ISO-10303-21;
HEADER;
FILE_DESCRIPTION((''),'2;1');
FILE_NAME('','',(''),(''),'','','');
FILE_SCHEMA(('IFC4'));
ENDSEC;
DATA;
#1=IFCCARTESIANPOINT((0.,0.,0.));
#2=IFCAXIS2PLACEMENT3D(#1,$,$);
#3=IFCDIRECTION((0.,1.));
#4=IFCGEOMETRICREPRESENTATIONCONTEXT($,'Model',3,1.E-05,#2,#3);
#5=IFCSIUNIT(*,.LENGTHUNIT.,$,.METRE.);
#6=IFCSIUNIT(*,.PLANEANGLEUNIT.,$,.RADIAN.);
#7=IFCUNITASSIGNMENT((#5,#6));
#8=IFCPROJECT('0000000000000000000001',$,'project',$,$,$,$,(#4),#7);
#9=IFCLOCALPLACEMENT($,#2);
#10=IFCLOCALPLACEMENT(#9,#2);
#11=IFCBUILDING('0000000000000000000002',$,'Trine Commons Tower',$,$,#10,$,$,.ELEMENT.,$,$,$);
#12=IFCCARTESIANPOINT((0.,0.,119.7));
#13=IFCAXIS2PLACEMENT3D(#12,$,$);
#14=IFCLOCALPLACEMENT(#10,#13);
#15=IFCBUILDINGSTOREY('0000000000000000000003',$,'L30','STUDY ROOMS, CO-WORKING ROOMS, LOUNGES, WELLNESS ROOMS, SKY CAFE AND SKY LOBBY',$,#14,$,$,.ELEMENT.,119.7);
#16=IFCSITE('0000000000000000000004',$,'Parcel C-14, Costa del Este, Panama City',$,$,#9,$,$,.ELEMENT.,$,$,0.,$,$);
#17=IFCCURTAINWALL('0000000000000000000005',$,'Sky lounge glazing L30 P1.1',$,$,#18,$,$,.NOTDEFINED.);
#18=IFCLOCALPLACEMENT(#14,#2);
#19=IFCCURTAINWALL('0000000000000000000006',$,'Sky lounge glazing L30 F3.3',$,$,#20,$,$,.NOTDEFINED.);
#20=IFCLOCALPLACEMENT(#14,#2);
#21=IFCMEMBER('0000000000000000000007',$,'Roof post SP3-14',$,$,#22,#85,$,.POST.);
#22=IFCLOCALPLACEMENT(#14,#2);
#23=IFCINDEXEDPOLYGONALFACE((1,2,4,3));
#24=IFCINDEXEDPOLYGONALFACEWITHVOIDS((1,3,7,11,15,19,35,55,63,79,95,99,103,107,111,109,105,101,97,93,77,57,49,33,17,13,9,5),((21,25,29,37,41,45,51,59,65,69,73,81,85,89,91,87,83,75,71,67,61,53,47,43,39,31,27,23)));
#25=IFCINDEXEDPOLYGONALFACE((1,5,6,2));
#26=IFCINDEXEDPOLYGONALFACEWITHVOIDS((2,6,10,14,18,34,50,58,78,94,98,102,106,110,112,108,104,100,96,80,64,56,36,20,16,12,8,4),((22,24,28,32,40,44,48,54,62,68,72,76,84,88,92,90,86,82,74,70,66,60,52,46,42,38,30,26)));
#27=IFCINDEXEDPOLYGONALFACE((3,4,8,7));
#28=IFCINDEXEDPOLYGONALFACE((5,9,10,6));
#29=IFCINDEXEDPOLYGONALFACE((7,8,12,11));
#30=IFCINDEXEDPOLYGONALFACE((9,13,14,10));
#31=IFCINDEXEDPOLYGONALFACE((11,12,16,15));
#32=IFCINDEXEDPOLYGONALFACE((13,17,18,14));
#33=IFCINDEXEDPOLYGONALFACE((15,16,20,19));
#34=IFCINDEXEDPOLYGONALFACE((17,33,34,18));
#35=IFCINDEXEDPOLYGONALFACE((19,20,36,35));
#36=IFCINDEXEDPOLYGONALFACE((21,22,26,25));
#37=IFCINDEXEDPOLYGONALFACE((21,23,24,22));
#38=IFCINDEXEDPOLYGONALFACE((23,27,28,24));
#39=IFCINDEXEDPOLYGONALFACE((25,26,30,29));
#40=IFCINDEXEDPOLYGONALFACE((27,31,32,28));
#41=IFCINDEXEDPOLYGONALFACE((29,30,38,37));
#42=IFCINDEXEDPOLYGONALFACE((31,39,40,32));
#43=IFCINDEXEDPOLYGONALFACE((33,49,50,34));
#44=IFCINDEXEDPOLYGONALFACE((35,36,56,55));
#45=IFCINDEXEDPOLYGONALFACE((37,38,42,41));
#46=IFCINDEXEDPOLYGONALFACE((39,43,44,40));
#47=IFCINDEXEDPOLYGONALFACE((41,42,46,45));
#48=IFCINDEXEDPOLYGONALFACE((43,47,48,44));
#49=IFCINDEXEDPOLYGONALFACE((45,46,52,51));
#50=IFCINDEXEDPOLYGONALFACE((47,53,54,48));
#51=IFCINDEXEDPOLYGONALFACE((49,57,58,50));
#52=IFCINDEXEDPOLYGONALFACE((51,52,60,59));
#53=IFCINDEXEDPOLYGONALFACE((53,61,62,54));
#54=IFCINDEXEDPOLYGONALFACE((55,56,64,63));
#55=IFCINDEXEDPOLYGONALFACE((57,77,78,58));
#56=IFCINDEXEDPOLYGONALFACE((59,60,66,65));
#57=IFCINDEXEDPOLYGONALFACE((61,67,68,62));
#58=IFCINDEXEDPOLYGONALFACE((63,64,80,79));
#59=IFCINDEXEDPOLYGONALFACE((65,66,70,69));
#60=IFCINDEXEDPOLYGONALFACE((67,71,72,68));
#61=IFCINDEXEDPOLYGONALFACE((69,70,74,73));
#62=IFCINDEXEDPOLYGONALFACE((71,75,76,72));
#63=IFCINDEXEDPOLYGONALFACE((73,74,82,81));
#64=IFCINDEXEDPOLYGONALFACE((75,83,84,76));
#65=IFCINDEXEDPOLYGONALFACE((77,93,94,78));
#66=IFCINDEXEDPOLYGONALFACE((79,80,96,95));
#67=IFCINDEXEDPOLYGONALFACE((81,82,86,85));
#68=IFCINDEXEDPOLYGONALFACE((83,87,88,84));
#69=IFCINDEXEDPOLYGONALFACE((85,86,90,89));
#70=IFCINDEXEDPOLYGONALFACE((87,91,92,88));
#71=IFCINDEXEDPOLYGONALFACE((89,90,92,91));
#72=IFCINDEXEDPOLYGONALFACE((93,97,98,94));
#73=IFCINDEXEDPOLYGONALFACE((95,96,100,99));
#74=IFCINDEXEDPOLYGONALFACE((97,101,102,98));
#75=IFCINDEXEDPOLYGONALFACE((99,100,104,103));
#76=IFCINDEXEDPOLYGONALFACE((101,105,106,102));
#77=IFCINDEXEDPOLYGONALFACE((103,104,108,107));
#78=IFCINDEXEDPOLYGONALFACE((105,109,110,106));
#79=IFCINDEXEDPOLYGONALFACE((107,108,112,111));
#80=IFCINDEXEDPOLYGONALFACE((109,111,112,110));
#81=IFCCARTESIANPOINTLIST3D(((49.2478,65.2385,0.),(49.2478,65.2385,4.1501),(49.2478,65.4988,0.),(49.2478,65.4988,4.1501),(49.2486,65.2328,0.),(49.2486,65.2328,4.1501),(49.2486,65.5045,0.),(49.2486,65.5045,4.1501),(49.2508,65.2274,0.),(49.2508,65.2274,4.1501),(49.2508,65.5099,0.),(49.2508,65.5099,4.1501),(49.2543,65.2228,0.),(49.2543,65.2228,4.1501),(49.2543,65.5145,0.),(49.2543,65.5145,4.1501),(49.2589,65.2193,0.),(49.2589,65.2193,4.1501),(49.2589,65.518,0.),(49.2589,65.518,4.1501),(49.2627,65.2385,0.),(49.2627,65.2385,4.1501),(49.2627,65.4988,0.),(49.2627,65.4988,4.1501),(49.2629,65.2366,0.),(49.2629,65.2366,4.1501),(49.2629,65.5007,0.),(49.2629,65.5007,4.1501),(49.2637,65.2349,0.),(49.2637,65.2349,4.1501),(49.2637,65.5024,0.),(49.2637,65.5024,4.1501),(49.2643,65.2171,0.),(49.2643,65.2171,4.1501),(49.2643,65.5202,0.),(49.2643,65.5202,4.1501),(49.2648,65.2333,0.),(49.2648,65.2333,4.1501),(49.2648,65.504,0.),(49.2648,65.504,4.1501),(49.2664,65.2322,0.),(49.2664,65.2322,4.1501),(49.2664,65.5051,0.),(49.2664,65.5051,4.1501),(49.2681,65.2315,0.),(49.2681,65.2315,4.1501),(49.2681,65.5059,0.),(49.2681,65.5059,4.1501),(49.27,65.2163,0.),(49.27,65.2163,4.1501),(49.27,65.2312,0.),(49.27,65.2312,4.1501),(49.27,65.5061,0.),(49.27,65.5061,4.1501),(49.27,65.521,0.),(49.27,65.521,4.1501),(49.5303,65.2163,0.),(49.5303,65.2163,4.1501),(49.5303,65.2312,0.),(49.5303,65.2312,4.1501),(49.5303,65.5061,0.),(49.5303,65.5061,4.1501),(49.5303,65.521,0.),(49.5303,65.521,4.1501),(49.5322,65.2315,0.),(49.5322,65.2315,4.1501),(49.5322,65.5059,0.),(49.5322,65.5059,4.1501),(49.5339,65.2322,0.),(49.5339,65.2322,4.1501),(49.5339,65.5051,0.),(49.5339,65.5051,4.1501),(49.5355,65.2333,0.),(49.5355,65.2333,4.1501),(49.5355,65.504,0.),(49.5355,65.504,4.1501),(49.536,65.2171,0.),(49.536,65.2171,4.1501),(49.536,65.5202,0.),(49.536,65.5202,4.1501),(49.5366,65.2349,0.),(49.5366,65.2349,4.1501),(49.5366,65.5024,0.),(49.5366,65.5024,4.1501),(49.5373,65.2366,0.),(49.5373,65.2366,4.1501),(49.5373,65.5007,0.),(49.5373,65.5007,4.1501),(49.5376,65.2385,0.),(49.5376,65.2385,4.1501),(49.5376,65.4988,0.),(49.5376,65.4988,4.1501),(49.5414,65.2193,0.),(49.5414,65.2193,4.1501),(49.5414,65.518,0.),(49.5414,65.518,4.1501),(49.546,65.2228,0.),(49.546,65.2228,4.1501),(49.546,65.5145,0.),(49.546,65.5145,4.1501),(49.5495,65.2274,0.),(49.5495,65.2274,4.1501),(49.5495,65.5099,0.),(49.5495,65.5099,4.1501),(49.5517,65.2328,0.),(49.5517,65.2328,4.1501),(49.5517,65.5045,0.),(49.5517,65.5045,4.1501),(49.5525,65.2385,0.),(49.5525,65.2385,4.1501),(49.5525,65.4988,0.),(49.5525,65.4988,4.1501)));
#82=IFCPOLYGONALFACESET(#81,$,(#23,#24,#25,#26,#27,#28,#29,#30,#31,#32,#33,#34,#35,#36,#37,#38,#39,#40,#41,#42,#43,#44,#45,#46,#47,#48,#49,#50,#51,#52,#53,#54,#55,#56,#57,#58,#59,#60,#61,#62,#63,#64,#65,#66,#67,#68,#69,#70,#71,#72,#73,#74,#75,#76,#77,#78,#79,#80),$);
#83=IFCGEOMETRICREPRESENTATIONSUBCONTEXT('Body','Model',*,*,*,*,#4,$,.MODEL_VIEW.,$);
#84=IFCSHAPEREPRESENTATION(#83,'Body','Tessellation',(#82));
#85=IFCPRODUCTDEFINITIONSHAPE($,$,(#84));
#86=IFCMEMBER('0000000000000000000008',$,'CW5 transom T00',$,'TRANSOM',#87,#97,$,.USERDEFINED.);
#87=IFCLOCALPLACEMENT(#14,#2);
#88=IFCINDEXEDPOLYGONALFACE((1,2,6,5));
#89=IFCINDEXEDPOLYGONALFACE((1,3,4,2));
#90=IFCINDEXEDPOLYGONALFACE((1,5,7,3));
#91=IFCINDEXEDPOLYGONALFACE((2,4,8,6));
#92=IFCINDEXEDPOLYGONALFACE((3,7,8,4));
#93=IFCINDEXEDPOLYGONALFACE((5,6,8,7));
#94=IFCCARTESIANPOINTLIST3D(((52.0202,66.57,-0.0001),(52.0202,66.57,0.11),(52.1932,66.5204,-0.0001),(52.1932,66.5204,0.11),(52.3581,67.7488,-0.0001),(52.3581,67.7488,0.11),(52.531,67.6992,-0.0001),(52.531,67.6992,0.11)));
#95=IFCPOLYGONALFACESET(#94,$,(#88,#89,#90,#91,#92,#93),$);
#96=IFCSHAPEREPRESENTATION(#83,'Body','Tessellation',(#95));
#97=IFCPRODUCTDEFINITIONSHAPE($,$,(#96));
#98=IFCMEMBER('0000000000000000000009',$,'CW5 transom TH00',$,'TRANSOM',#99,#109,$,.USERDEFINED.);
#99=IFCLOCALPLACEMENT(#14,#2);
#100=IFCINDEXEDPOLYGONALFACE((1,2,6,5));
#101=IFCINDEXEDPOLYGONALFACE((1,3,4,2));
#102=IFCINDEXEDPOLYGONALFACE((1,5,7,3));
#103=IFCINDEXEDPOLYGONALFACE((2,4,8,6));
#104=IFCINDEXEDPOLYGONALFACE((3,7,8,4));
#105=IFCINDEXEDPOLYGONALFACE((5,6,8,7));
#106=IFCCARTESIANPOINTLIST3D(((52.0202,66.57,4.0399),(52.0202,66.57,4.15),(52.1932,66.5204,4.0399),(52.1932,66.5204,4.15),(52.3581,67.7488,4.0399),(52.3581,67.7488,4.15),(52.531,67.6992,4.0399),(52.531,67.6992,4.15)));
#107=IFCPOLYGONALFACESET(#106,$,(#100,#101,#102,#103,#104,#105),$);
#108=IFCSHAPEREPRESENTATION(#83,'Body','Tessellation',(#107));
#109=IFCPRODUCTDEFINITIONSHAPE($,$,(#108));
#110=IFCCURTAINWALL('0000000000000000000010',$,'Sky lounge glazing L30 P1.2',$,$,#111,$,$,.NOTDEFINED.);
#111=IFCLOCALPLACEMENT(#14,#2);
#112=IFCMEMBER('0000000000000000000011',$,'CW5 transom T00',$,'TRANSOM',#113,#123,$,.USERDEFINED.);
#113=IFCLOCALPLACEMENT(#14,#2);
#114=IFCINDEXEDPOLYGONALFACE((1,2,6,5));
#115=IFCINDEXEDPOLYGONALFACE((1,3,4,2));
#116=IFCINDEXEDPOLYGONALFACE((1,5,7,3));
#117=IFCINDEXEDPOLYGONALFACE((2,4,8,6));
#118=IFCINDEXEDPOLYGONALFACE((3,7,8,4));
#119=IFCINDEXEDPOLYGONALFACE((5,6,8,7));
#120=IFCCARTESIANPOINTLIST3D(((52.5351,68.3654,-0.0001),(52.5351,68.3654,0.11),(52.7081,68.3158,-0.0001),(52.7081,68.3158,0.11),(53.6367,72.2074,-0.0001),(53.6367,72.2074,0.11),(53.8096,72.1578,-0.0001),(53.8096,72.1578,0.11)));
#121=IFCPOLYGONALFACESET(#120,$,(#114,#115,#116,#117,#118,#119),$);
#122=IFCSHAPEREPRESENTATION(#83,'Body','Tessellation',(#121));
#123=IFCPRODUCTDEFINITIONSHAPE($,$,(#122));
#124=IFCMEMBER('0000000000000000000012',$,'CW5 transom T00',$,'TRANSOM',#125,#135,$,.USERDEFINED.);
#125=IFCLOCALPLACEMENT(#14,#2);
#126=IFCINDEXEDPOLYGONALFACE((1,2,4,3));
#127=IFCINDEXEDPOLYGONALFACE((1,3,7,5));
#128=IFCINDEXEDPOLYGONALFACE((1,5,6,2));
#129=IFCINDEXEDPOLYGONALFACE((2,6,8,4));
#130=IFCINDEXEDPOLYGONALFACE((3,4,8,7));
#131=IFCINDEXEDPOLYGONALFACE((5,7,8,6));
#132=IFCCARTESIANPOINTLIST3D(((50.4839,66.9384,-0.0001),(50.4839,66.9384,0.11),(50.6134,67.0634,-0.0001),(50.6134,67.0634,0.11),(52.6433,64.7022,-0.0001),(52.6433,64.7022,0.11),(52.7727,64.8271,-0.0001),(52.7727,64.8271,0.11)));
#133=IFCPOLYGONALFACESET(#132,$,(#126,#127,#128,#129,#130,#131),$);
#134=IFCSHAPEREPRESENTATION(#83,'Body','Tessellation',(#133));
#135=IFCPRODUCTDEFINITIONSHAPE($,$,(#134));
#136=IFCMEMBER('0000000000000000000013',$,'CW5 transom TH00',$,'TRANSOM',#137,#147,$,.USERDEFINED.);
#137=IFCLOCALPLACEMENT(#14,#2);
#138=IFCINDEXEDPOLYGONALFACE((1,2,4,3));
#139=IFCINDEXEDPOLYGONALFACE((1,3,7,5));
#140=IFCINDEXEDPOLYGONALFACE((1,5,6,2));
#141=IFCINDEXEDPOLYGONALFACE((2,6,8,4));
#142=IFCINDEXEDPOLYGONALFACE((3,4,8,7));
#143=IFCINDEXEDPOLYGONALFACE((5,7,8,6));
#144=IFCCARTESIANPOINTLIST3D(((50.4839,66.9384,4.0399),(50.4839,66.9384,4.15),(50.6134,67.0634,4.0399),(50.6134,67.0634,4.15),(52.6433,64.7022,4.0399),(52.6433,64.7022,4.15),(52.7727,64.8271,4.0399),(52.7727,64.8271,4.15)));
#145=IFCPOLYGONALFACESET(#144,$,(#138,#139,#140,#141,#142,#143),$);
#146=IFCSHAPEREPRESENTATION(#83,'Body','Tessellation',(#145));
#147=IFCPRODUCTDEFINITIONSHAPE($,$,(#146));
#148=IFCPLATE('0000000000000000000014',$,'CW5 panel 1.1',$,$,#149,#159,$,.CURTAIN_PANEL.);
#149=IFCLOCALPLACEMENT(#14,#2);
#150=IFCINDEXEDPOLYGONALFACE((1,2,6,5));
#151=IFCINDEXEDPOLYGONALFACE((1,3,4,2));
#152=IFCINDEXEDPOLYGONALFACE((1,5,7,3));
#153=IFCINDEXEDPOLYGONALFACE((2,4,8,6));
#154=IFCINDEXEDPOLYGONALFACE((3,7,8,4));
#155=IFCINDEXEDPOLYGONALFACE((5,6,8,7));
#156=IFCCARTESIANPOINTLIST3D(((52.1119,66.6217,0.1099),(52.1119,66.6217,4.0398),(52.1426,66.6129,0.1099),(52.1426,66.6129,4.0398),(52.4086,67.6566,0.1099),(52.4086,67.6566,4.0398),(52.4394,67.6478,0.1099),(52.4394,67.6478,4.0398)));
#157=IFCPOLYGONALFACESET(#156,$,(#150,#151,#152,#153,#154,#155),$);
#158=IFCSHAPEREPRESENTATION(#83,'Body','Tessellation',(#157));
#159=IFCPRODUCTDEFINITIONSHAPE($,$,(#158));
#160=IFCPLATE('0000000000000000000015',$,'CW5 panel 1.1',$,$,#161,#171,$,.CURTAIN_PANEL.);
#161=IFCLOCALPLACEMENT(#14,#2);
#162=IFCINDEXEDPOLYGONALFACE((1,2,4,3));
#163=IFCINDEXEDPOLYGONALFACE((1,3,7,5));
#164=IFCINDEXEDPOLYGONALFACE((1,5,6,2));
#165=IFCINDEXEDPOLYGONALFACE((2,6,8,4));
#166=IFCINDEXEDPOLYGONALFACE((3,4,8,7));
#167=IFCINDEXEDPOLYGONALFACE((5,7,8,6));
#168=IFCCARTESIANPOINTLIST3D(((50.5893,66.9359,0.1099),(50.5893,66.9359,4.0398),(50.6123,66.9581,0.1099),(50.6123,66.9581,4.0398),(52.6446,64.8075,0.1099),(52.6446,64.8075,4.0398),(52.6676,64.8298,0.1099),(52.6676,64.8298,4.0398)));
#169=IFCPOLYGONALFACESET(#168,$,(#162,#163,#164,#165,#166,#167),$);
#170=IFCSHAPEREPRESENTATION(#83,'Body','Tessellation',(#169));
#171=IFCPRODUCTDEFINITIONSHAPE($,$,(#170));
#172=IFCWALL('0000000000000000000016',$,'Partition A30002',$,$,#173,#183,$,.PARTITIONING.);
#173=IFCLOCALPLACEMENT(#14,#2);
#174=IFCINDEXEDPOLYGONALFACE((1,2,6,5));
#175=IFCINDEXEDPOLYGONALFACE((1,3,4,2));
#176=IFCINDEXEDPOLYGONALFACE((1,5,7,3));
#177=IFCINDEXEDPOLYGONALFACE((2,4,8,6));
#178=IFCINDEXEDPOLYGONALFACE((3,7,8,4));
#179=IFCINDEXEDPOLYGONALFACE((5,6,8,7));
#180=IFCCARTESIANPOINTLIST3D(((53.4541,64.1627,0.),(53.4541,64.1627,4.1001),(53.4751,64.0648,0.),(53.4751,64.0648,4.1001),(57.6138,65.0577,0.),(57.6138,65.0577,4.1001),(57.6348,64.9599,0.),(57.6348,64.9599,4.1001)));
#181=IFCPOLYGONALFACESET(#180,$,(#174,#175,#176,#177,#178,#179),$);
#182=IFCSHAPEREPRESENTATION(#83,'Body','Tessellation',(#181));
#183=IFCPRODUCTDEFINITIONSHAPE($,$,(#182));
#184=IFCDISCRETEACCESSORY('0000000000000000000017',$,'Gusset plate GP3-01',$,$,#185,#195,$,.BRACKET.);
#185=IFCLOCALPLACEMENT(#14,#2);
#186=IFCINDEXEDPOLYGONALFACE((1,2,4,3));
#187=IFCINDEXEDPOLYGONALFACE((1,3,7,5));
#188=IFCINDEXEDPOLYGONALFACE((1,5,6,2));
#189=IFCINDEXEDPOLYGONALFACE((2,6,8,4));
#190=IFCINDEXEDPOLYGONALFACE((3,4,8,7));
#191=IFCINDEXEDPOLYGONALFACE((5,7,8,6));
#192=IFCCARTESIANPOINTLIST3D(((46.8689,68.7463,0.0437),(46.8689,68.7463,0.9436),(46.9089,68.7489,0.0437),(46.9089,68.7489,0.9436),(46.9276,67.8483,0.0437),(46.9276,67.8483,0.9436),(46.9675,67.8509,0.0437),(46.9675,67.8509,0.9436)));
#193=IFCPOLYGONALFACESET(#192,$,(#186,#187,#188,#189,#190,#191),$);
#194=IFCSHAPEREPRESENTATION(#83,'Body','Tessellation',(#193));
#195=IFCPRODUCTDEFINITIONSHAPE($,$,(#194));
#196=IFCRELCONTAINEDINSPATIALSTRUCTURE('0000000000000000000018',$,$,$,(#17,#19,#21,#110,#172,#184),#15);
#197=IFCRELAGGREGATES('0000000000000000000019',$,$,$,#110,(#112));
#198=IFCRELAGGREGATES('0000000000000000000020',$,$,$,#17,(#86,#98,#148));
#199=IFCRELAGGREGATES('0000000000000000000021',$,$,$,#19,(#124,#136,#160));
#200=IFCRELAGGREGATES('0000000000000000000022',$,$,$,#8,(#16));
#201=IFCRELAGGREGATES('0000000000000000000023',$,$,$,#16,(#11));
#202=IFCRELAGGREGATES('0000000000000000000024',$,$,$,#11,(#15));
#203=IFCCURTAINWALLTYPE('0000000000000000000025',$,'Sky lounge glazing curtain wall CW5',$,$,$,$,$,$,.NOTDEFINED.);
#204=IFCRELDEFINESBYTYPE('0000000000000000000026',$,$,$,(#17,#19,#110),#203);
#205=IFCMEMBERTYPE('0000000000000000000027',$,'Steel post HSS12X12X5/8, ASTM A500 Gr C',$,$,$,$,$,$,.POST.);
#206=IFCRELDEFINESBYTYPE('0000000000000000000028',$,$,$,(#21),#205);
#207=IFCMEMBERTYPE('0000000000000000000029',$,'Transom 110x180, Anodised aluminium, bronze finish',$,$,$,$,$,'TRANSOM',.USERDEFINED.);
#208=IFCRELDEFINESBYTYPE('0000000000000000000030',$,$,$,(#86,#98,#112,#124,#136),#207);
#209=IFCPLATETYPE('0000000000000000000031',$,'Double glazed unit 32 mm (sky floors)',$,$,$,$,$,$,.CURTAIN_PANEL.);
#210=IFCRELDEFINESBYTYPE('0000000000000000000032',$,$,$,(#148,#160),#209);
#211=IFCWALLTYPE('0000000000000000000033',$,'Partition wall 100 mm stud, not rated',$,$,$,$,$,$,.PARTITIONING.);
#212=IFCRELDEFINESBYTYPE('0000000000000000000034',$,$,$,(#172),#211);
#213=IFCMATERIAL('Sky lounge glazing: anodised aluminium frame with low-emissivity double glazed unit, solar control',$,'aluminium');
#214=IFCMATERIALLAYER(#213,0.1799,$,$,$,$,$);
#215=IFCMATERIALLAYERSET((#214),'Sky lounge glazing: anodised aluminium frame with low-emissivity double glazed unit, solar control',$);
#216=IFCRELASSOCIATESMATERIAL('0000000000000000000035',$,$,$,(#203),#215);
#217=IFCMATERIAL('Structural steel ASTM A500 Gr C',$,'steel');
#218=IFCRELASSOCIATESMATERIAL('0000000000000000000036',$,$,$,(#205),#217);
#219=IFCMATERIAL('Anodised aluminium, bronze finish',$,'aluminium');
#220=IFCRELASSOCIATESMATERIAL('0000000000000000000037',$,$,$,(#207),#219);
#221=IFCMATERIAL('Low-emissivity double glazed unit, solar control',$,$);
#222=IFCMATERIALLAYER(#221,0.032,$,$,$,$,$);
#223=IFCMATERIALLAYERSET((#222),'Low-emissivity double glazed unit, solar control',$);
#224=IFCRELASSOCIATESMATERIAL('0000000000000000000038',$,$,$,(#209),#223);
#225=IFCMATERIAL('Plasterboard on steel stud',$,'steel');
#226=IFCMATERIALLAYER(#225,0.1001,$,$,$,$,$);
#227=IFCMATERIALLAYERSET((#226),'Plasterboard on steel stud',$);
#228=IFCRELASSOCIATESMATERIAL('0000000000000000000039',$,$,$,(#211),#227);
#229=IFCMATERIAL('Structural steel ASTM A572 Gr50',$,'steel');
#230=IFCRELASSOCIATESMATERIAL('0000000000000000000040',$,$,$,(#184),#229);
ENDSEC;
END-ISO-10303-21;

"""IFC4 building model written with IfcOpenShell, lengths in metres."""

from ifc_helpers import new_model, si_unit, direction, frame, frame_2d, origin, origin_2d, place, context, subcontext, project, spatial, rectangle, hollow_rectangle, extrude, material, layer, layer_set, material_profile, profile_set, type_object, element, aggregate, save


model = new_model("IFC4")

# Units and contexts
model_context = context("Model", 3, precision=1e-05, world=origin(), true_north=direction((0.0, 1.0)))
body_context = subcontext(model_context, "Body", "Model", "MODEL_VIEW")
ifc_project = project(units=[si_unit("LENGTHUNIT", "METRE"), si_unit("PLANEANGLEUNIT", "RADIAN")], contexts=[model_context])

# Site, building, storey
site_placement = place(None, origin())
site = spatial("IfcSite", under=ifc_project, at=site_placement, Name="Parcel C-14, Costa del Este, Panama City", CompositionType="ELEMENT", RefElevation=0.0)
building_placement = place(site_placement, origin())
building = spatial("IfcBuilding", under=site, at=building_placement, Name="Trine Commons Tower", CompositionType="ELEMENT")
storey_placement = place(building_placement, frame((0.0, 0.0, 119.7)))
storey = spatial("IfcBuildingStorey", under=building, at=storey_placement, Name="L30", Description="STUDY ROOMS, CO-WORKING ROOMS, LOUNGES, WELLNESS ROOMS, SKY CAFE AND SKY LOBBY", CompositionType="ELEMENT", Elevation=119.7)

# Curtain walls
ifc_material_1 = material(Name="Sky lounge glazing: anodised aluminium frame with low-emissivity double glazed unit, solar control", Category="aluminium")
ifc_layer_1 = layer(ifc_material_1, 0.1799)
ifc_layer_set_1 = layer_set([ifc_layer_1], Name="Sky lounge glazing: anodised aluminium frame with low-emissivity double glazed unit, solar control")
curtain_wall_type = type_object("IfcCurtainWallType", Name="Sky lounge glazing curtain wall CW5", PredefinedType="NOTDEFINED", material=ifc_layer_set_1)
curtain_wall_1_placement = place(storey_placement, origin())
curtain_wall_1 = element("IfcCurtainWall", 1, at=curtain_wall_1_placement, inside=storey, type_object=curtain_wall_type, Name="Sky lounge glazing L30 P1.1", PredefinedType="NOTDEFINED")
ifc_material_2 = material(Name="Anodised aluminium, bronze finish", Category="aluminium")
curtain_wall_2_placement = place(storey_placement, origin())
curtain_wall_2 = element("IfcCurtainWall", 2, at=curtain_wall_2_placement, inside=storey, type_object=curtain_wall_type, Name="Sky lounge glazing L30 F3.3", PredefinedType="NOTDEFINED")

# Member
ifc_material_3 = material(Name="Structural steel ASTM A500 Gr C", Category="steel")
ifc_material_profile_1 = material_profile(ifc_material_3, hollow_rectangle(XDim=0.3047, YDim=0.3047, WallThickness=0.0149, InnerFilletRadius=0.0073, OuterFilletRadius=0.0222, at=origin_2d()), Name="HSS12X12X5/8")
ifc_profile_set_1 = profile_set([ifc_material_profile_1], Name="Structural steel ASTM A500 Gr C")
member_type_1 = type_object("IfcMemberType", Name="Steel post HSS12X12X5/8, ASTM A500 Gr C", PredefinedType="POST", material=ifc_profile_set_1)
for number, where, z_axis, x_axis, name in (
    (3, (49.4001, 65.3687, 0.0), (0.0, 0.0, 1.0), (1.0, 0.0, 0.0), "Roof post SP3-14"),
):
    element("IfcMember", number, at=place(storey_placement, frame(where, z_axis=z_axis, x_axis=x_axis)), inside=storey, type_object=member_type_1, Name=name, PredefinedType="POST", context=body_context, shape_type="SweptSolid", body=[
        extrude(hollow_rectangle(XDim=0.3047, YDim=0.3047, WallThickness=0.0149, InnerFilletRadius=0.0073, OuterFilletRadius=0.0222, at=origin_2d()), origin(), (0.0, 0.0, 1.0), 4.1501),
    ])

# Members
ifc_material_profile_2 = material_profile(ifc_material_2, rectangle(XDim=0.1799, YDim=0.1101, at=origin_2d()), Name="Transom 110x180")
ifc_profile_set_2 = profile_set([ifc_material_profile_2], Name="Anodised aluminium, bronze finish")
member_type_2 = type_object("IfcMemberType", Name="Transom 110x180, Anodised aluminium, bronze finish", ElementType="TRANSOM", PredefinedType="USERDEFINED", material=ifc_profile_set_2)
member_1_placement = place(storey_placement, frame((52.1067, 66.5452, 0.0549), z_axis=(0.27551, 0.961298, 0.0), x_axis=(-0.961298, 0.27551, 0.0)))
member_1 = element("IfcMember", 4, at=member_1_placement, type_object=member_type_2, Name="CW5 transom T00", ObjectType="TRANSOM", PredefinedType="USERDEFINED", context=body_context, shape_type="SweptSolid", body=[
    extrude(rectangle(XDim=0.1799, YDim=0.1101, at=origin_2d()), origin(), (0.0, 0.0, 1.0), 1.2263),
])
member_2_placement = place(storey_placement, frame((52.1067, 66.5452, 4.095), z_axis=(0.27551, 0.961298, 0.0), x_axis=(-0.961298, 0.27551, 0.0)))
member_2 = element("IfcMember", 5, at=member_2_placement, type_object=member_type_2, Name="CW5 transom TH00", ObjectType="TRANSOM", PredefinedType="USERDEFINED", context=body_context, shape_type="SweptSolid", body=[
    extrude(rectangle(XDim=0.1799, YDim=0.1101, at=origin_2d()), origin(), (0.0, 0.0, 1.0), 1.2263),
])

# Curtain wall, member
curtain_wall_3_placement = place(storey_placement, origin())
curtain_wall_3 = element("IfcCurtainWall", 6, at=curtain_wall_3_placement, inside=storey, type_object=curtain_wall_type, Name="Sky lounge glazing L30 P1.2", PredefinedType="NOTDEFINED")
member_3_placement = place(storey_placement, frame((52.6216, 68.3406, 0.0549), z_axis=(0.275608, 0.96127, 0.0), x_axis=(-0.96127, 0.275608, 0.0)))
member_3 = element("IfcMember", 7, at=member_3_placement, type_object=member_type_2, Name="CW5 transom T00", ObjectType="TRANSOM", PredefinedType="USERDEFINED", context=body_context, shape_type="SweptSolid", body=[
    extrude(rectangle(XDim=0.1799, YDim=0.1101, at=origin_2d()), origin(), (0.0, 0.0, 1.0), 3.9968),
])
aggregate(curtain_wall_3, [member_3])

# Members
member_4_placement = place(storey_placement, frame((52.708, 64.7646, 0.0549), z_axis=(-0.69463, 0.719368, 0.0), x_axis=(-0.719368, -0.69463, 0.0)))
member_4 = element("IfcMember", 8, at=member_4_placement, type_object=member_type_2, Name="CW5 transom T00", ObjectType="TRANSOM", PredefinedType="USERDEFINED", context=body_context, shape_type="SweptSolid", body=[
    extrude(rectangle(XDim=0.1799, YDim=0.1101, at=origin_2d()), origin(), (0.0, 0.0, 1.0), 3.1086),
])
member_5_placement = place(storey_placement, frame((52.708, 64.7646, 4.095), z_axis=(-0.69463, 0.719368, 0.0), x_axis=(-0.719368, -0.69463, 0.0)))
member_5 = element("IfcMember", 9, at=member_5_placement, type_object=member_type_2, Name="CW5 transom TH00", ObjectType="TRANSOM", PredefinedType="USERDEFINED", context=body_context, shape_type="SweptSolid", body=[
    extrude(rectangle(XDim=0.1799, YDim=0.1101, at=origin_2d()), origin(), (0.0, 0.0, 1.0), 3.1086),
])

# Plates
ifc_material_4 = material(Name="Low-emissivity double glazed unit, solar control")
ifc_layer_2 = layer(ifc_material_4, 0.032)
ifc_layer_set_2 = layer_set([ifc_layer_2], Name="Low-emissivity double glazed unit, solar control")
plate_type = type_object("IfcPlateType", Name="Double glazed unit 32 mm (sky floors)", PredefinedType="CURTAIN_PANEL", material=ifc_layer_set_2)
plate_1_placement = place(storey_placement, frame((52.2756, 67.1348, 0.1099), z_axis=(0.0, 0.0, 1.0), x_axis=(0.275637, 0.961262, 0.0)))
plate_1 = element("IfcPlate", 10, at=plate_1_placement, type_object=plate_type, Name="CW5 panel 1.1", PredefinedType="CURTAIN_PANEL", context=body_context, shape_type="SweptSolid", body=[
    extrude(rectangle(XDim=1.0767, YDim=0.032, at=origin_2d()), origin(), (0.0, 0.0, 1.0), 3.9299),
])
aggregate(curtain_wall_1, [member_1, member_2, plate_1])
plate_2_placement = place(storey_placement, frame((51.6284, 65.8828, 0.1099), z_axis=(0.0, 0.0, 1.0), x_axis=(-0.694658, 0.71934, 0.0)))
plate_2 = element("IfcPlate", 11, at=plate_2_placement, type_object=plate_type, Name="CW5 panel 1.1", PredefinedType="CURTAIN_PANEL", context=body_context, shape_type="SweptSolid", body=[
    extrude(rectangle(XDim=2.9587, YDim=0.032, at=origin_2d()), origin(), (0.0, 0.0, 1.0), 3.9299),
])
aggregate(curtain_wall_2, [member_4, member_5, plate_2])

# Wall
ifc_material_5 = material(Name="Plasterboard on steel stud", Category="steel")
ifc_layer_3 = layer(ifc_material_5, 0.1001)
ifc_layer_set_3 = layer_set([ifc_layer_3], Name="Plasterboard on steel stud")
wall_type_1 = type_object("IfcWallType", Name="Partition wall 100 mm stud, not rated", PredefinedType="PARTITIONING", material=ifc_layer_set_3)
wall_1_placement = place(storey_placement, frame((53.4646, 64.1138, 0.0), z_axis=(0.0, 0.0, 1.0), x_axis=(0.977626, 0.210352, 0.0)))
element("IfcWall", 12, at=wall_1_placement, inside=storey, type_object=wall_type_1, Name="Partition A30002", PredefinedType="PARTITIONING", context=body_context, shape_type="SweptSolid", body=[
    extrude(rectangle(XDim=4.2549, YDim=0.1001, at=frame_2d((2.1274, 0.0))), origin(), (0.0, 0.0, 1.0), 4.1001),
])

# Discrete accessory
ifc_material_6 = material(Name="Structural steel ASTM A572 Gr50", Category="steel")
for number, where, z_axis, x_axis, name in (
    (13, (46.9182, 68.2986, 0.0437), (0.0, 0.0, 1.0), (0.065159, -0.997875, 0.0), "Gusset plate GP3-01"),
):
    element("IfcDiscreteAccessory", number, at=place(storey_placement, frame(where, z_axis=z_axis, x_axis=x_axis)), inside=storey, material=ifc_material_6, Name=name, PredefinedType="BRACKET", context=body_context, shape_type="SweptSolid", body=[
        extrude(rectangle(XDim=0.8999, YDim=0.04, at=origin_2d()), origin(), (0.0, 0.0, 1.0), 0.8999),
    ])

save(model, "model.ifc")
